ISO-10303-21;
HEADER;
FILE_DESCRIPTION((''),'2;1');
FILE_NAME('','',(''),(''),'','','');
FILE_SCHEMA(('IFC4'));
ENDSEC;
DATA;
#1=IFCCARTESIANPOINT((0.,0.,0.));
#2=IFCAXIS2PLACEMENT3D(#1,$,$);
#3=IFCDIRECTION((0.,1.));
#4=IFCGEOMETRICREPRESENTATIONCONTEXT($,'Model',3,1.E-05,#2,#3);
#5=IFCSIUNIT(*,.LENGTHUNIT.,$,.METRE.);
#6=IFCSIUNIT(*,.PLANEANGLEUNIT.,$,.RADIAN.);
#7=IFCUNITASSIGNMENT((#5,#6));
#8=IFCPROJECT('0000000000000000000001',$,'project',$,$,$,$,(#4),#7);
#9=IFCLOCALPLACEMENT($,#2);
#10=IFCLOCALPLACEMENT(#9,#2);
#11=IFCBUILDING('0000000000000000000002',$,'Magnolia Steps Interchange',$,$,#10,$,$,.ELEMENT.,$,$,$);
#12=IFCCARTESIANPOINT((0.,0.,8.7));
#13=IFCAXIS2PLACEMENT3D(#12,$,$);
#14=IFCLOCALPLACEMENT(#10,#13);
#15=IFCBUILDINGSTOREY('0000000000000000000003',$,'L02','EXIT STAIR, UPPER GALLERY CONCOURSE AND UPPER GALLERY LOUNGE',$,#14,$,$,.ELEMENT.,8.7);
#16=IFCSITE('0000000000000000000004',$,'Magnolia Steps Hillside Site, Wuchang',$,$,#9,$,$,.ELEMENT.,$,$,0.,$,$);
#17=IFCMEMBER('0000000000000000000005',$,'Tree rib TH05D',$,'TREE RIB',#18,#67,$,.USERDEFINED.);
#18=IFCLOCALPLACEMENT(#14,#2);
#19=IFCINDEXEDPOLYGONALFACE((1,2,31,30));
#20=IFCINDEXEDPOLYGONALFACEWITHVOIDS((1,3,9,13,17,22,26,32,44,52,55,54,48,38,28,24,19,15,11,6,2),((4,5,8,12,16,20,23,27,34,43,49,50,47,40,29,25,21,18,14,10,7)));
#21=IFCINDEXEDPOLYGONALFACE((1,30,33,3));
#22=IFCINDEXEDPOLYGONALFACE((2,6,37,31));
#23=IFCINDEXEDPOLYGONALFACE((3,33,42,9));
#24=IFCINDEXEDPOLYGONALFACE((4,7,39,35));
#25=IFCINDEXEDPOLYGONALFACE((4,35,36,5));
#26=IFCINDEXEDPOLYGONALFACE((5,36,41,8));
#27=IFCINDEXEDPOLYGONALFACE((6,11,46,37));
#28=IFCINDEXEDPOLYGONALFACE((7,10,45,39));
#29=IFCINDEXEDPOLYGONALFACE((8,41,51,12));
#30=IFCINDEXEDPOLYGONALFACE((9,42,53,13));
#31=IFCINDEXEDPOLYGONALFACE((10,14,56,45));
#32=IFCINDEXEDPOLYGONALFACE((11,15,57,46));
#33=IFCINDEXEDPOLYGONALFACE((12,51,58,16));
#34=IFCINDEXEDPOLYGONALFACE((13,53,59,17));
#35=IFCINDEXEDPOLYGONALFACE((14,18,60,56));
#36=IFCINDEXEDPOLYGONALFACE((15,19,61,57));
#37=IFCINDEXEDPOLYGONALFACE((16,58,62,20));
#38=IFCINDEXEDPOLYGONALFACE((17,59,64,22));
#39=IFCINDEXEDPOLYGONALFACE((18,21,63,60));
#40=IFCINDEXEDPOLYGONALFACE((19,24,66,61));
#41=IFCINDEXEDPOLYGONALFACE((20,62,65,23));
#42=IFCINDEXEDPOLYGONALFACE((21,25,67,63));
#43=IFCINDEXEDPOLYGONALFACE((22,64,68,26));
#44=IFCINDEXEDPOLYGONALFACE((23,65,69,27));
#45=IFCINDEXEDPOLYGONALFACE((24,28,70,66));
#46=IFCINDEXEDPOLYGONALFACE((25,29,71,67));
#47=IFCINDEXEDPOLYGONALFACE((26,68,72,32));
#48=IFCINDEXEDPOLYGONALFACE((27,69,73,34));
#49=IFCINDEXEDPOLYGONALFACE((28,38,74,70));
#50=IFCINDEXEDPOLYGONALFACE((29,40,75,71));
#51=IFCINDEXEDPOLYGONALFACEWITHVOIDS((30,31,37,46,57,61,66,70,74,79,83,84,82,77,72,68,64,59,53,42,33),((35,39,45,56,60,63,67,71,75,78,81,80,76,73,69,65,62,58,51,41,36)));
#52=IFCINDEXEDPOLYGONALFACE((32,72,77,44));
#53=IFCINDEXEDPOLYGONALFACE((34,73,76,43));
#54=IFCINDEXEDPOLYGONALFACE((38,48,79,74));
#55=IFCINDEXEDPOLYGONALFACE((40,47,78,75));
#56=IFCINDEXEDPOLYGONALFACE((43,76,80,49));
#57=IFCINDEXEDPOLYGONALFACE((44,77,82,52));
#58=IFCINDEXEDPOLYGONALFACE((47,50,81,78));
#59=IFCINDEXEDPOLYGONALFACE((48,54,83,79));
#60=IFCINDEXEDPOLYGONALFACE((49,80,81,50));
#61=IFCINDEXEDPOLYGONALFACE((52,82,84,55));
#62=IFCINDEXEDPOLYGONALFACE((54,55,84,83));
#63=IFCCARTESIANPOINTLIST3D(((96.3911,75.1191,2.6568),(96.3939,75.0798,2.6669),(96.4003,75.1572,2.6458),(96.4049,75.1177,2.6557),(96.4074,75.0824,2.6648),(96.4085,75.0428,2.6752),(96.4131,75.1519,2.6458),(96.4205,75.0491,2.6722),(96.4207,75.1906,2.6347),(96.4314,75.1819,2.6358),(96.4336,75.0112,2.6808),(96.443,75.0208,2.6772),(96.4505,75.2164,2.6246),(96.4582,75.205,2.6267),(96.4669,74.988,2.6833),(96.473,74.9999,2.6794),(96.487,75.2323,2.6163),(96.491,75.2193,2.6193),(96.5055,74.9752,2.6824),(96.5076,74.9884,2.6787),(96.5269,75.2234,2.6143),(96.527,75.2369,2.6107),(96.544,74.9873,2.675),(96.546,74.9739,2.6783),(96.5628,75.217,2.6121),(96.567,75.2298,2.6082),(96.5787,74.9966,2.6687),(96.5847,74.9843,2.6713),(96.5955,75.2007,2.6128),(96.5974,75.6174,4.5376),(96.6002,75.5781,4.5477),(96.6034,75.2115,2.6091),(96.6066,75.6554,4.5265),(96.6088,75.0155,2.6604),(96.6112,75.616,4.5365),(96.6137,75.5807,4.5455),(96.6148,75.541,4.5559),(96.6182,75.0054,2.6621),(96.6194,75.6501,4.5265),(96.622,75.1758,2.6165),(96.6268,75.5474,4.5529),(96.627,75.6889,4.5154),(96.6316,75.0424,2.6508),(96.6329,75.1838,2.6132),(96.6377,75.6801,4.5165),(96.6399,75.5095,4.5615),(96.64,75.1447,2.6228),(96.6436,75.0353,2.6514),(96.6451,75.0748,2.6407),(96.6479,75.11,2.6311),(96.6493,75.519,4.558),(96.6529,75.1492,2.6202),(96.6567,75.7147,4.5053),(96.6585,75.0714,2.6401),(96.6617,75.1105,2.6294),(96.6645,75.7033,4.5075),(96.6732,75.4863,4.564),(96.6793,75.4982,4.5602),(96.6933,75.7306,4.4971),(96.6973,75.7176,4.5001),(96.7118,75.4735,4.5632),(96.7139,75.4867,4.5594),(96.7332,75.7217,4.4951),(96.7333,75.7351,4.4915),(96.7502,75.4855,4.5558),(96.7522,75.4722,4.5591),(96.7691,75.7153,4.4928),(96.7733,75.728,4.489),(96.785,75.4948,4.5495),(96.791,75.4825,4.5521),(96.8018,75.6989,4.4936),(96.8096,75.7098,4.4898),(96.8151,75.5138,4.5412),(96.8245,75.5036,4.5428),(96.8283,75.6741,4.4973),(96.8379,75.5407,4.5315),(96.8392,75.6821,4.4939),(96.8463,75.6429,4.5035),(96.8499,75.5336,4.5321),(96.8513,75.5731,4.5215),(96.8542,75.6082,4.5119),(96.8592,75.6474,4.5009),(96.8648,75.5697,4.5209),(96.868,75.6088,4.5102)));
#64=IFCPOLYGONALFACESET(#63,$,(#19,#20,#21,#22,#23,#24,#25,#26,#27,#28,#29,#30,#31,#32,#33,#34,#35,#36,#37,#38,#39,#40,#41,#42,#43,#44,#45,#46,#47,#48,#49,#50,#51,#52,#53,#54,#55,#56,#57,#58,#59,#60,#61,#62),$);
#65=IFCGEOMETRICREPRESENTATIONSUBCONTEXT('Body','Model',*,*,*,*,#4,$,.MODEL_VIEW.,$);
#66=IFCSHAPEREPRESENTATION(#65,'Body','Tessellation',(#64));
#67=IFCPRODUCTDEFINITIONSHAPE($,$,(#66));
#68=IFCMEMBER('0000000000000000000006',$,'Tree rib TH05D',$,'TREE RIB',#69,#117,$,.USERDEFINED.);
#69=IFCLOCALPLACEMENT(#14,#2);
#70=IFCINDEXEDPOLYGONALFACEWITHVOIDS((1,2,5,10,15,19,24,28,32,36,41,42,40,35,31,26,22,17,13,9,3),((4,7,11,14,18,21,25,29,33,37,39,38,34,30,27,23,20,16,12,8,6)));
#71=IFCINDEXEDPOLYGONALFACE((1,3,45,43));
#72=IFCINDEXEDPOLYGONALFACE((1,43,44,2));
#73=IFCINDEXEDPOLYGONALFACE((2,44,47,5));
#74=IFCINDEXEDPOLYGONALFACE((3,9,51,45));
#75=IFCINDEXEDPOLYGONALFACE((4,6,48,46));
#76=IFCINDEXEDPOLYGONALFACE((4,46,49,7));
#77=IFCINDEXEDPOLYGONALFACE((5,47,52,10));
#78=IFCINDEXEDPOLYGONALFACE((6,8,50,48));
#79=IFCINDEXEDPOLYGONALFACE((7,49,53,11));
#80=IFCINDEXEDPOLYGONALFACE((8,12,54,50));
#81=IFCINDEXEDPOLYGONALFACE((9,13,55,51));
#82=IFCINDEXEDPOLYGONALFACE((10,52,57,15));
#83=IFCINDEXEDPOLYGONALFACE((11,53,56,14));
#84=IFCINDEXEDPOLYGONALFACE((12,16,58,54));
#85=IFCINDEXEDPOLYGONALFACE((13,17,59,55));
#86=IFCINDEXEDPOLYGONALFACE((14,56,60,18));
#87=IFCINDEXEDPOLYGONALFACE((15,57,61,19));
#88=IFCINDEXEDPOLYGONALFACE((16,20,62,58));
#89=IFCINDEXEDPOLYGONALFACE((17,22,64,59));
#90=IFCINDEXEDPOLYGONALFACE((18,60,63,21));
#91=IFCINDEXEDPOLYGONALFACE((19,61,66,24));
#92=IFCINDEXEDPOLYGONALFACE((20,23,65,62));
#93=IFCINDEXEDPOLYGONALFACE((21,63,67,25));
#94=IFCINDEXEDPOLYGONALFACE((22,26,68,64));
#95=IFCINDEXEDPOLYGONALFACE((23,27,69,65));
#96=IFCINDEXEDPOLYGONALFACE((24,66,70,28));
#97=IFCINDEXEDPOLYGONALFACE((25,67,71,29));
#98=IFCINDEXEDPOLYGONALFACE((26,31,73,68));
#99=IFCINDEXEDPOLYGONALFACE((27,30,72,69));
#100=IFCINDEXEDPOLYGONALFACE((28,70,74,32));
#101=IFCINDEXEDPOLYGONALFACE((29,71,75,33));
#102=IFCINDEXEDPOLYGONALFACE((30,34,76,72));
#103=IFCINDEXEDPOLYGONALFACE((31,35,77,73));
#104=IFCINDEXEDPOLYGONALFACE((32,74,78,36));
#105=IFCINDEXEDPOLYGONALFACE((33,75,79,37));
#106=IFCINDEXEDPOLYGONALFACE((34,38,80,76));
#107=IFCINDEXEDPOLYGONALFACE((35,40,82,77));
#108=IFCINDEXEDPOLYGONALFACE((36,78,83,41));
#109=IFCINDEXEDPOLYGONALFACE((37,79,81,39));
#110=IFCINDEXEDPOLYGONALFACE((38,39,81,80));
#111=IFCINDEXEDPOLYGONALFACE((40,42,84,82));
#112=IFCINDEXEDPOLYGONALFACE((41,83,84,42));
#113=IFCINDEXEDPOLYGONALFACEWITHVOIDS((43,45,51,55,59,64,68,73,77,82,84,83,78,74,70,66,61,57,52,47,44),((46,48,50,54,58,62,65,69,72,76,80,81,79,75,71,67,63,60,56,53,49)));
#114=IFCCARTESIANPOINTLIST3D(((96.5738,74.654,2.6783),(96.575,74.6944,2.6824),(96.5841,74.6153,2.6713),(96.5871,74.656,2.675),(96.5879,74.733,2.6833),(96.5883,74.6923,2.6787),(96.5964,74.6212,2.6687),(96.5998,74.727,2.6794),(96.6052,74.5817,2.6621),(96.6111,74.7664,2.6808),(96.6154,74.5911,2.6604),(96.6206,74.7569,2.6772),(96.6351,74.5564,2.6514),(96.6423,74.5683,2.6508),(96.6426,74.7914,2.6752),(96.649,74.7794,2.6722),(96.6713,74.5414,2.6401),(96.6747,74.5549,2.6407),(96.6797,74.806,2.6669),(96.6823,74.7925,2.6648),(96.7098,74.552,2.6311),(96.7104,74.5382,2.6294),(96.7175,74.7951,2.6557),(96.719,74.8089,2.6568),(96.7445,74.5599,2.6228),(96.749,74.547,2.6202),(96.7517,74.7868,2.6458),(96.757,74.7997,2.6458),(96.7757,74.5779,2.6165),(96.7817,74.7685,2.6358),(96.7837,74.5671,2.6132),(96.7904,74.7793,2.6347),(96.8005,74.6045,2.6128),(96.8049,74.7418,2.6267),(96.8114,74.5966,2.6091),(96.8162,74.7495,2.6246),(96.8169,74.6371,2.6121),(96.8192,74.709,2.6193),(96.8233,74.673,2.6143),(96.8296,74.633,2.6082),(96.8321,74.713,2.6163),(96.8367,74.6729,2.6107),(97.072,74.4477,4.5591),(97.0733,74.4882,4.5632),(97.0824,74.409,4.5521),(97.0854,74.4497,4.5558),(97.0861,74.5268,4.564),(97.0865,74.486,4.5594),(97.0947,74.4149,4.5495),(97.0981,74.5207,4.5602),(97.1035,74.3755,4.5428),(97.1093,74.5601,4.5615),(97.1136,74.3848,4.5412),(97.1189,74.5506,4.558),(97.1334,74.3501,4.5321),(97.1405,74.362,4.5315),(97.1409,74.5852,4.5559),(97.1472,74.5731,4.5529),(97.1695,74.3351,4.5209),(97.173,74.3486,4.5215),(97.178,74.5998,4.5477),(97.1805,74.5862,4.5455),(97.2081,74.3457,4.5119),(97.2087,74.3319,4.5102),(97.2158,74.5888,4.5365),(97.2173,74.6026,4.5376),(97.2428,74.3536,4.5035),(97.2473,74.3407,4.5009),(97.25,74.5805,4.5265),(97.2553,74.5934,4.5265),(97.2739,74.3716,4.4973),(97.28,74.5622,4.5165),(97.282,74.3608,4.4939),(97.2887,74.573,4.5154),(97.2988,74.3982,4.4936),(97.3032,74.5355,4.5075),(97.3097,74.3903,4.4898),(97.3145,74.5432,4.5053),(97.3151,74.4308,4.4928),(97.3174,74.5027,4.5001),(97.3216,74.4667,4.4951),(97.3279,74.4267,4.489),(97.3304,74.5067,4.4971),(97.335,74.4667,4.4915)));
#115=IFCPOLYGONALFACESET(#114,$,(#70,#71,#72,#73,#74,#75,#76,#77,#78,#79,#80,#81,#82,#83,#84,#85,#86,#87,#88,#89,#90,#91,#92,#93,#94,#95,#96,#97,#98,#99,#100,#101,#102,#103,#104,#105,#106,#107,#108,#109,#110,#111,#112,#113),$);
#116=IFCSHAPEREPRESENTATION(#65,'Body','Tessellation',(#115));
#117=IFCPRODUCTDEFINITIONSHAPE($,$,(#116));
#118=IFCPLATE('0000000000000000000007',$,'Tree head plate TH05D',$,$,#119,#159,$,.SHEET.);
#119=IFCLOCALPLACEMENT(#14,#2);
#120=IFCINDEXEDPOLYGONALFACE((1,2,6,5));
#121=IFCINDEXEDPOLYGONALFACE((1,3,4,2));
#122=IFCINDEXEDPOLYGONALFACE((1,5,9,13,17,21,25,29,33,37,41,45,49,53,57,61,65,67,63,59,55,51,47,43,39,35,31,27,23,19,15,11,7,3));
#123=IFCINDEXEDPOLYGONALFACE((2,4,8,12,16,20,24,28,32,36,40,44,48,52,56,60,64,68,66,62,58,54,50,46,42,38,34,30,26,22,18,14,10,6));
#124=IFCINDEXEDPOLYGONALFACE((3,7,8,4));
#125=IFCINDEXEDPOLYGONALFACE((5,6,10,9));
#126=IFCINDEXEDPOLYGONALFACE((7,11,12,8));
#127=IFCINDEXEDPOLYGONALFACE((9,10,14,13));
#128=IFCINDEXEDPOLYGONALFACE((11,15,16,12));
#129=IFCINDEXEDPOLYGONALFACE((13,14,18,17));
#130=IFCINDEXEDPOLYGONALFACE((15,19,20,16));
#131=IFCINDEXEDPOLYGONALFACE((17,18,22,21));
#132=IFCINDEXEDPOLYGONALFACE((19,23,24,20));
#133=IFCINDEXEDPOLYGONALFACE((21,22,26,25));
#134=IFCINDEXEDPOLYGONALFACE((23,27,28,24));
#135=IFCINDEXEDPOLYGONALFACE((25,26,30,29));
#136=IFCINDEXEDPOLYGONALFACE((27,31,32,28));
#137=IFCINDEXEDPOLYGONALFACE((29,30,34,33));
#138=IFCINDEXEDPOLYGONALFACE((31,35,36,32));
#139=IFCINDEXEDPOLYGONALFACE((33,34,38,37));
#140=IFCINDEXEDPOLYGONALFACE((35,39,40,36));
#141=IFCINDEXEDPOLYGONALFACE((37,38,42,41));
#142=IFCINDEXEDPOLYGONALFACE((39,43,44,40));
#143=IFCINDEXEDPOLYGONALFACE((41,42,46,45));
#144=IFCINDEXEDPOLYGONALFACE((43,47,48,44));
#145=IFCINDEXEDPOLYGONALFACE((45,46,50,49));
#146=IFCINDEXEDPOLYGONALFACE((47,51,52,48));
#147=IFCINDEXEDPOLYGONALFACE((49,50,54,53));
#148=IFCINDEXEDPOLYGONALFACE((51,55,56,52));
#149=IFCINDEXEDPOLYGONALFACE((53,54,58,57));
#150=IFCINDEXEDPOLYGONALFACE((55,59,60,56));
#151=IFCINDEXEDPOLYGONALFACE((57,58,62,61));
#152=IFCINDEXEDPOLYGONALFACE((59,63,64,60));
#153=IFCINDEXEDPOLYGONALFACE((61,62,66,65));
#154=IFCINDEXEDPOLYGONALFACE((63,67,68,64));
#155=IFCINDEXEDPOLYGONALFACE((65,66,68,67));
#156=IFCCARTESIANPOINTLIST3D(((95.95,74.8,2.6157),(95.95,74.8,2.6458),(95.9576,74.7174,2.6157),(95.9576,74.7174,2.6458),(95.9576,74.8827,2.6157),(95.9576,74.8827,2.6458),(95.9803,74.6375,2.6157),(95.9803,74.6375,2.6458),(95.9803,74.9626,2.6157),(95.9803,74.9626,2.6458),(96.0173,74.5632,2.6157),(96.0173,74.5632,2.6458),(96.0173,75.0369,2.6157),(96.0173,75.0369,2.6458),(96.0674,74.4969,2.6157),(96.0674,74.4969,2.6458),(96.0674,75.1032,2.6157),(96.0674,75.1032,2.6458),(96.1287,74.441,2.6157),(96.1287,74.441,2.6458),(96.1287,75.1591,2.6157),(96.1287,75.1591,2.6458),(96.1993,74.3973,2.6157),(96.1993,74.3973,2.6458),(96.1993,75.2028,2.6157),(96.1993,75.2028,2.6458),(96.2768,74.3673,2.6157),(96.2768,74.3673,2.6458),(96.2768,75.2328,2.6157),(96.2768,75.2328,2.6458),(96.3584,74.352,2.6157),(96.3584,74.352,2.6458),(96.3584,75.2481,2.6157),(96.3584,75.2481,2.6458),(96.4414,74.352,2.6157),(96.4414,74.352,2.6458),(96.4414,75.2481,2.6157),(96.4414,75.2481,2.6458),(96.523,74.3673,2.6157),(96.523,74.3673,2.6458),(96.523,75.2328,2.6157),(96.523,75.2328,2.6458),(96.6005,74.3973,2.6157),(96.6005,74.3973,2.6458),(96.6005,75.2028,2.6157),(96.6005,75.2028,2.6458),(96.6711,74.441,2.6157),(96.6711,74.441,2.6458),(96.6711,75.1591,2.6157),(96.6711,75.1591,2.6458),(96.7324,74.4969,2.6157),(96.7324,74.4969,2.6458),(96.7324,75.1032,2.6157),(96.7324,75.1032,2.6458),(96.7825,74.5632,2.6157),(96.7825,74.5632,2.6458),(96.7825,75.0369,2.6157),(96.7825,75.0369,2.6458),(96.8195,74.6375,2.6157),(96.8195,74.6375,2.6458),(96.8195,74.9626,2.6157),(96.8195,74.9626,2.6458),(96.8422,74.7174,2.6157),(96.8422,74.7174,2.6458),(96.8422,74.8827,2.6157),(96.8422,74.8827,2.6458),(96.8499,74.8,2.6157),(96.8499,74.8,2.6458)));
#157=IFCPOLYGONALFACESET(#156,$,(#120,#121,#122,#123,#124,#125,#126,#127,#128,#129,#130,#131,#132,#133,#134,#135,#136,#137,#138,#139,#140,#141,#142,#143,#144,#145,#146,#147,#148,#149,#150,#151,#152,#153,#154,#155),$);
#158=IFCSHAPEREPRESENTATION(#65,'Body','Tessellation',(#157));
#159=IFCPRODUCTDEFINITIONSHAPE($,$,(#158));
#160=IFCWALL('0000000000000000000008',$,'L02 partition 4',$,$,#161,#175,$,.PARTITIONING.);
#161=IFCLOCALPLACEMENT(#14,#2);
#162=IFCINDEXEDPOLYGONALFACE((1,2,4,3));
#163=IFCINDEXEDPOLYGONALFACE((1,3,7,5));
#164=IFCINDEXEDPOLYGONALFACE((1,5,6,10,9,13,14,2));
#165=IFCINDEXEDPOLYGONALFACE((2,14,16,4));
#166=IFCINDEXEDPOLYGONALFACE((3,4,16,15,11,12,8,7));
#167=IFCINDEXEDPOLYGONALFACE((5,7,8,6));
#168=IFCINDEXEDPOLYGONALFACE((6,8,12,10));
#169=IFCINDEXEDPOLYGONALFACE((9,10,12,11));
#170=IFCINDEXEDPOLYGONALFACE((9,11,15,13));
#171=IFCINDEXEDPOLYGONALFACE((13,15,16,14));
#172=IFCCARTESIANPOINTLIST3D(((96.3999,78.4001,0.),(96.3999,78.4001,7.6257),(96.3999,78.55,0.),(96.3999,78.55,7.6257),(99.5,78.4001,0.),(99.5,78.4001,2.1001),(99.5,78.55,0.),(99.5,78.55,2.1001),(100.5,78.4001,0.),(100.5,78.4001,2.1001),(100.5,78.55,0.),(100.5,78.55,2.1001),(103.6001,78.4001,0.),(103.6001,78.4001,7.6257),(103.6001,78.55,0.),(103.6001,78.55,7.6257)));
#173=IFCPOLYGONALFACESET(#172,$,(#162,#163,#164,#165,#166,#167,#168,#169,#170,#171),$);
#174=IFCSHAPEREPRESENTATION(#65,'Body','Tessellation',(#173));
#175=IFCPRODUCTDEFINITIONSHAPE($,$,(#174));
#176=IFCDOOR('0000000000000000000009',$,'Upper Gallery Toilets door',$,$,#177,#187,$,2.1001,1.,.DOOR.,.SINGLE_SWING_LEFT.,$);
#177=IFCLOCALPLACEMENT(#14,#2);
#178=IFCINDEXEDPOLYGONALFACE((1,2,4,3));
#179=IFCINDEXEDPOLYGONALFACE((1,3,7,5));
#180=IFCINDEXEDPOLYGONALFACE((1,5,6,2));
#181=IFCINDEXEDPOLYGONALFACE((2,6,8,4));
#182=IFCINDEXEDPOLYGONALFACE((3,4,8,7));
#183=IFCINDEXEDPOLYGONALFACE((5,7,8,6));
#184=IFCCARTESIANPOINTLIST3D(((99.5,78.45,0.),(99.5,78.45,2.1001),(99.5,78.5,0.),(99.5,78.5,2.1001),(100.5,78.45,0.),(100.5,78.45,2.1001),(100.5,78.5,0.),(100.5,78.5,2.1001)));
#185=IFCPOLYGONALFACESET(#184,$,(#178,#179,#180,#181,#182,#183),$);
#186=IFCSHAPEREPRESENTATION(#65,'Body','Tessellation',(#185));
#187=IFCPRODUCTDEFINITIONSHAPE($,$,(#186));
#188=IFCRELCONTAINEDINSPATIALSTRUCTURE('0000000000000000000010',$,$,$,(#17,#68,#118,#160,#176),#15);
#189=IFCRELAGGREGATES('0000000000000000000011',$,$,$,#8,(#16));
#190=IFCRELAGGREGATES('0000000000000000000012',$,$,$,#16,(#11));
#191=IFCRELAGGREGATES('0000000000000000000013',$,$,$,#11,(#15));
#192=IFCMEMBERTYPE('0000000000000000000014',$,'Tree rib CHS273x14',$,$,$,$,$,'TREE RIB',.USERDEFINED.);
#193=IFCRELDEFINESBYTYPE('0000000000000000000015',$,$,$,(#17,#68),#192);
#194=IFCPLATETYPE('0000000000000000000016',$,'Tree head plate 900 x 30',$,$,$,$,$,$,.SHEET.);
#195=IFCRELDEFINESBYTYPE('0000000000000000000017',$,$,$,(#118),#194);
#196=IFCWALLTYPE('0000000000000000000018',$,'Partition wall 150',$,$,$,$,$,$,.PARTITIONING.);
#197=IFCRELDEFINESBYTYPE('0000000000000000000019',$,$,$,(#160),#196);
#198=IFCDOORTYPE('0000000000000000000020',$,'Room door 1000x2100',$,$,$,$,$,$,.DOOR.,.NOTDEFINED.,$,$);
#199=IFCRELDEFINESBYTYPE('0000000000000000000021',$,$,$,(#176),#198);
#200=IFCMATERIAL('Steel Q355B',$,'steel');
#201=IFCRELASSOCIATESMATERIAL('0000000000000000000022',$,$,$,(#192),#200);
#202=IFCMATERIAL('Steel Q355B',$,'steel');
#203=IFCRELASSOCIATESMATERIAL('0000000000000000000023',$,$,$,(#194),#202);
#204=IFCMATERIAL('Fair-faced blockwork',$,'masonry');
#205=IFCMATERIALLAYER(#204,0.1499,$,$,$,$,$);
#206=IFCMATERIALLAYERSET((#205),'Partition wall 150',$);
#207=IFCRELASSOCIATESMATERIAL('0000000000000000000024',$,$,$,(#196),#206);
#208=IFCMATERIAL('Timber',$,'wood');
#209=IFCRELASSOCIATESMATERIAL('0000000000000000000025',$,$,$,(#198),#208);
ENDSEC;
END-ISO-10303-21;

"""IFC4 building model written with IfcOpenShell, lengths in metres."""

from ifc_helpers import new_model, si_unit, direction, frame, frame_2d, origin, origin_2d, place, context, subcontext, project, spatial, rectangle, circle, hollow_circle, extrude, material, layer, layer_set, material_profile, profile_set, type_object, element, fill, save


model = new_model("IFC4")

# Units and contexts
model_context = context("Model", 3, precision=1e-05, world=origin(), true_north=direction((0.0, 1.0)))
body_context = subcontext(model_context, "Body", "Model", "MODEL_VIEW")
ifc_project = project(units=[si_unit("LENGTHUNIT", "METRE"), si_unit("PLANEANGLEUNIT", "RADIAN")], contexts=[model_context])

# Site, building, storey
site_placement = place(None, origin())
site = spatial("IfcSite", under=ifc_project, at=site_placement, Name="Magnolia Steps Hillside Site, Wuchang", CompositionType="ELEMENT", RefElevation=0.0)
building_placement = place(site_placement, origin())
building = spatial("IfcBuilding", under=site, at=building_placement, Name="Magnolia Steps Interchange", CompositionType="ELEMENT")
storey_placement = place(building_placement, frame((0.0, 0.0, 8.7)))
storey = spatial("IfcBuildingStorey", under=building, at=storey_placement, Name="L02", Description="EXIT STAIR, UPPER GALLERY CONCOURSE AND UPPER GALLERY LOUNGE", CompositionType="ELEMENT", Elevation=8.7)

# Members
ifc_material_1 = material(Name="Steel Q355B", Category="steel")
ifc_material_profile_1 = material_profile(ifc_material_1, hollow_circle(Radius=0.1365, WallThickness=0.0139, at=origin_2d()), Name="CHS273x14")
ifc_profile_set_1 = profile_set([ifc_material_profile_1], Name="Steel Q355B")
member_type = type_object("IfcMemberType", Name="Tree rib CHS273x14", ElementType="TREE RIB", PredefinedType="USERDEFINED", material=ifc_profile_set_1)
for number, where, z_axis, x_axis, name in (
    (1, (96.5264, 75.105, 2.6458), (0.105435, 0.254665, 0.961264), (-0.923945, 0.382525, 0.0), "Tree rib TH05D"),
    (2, (96.7048, 74.6736, 2.6458), (0.254665, -0.105435, 0.961264), (0.382525, 0.923945, 0.0), "Tree rib TH05D"),
):
    element("IfcMember", number, at=place(storey_placement, frame(where, z_axis=z_axis, x_axis=x_axis)), inside=storey, type_object=member_type, Name=name, ObjectType="TREE RIB", PredefinedType="USERDEFINED", context=body_context, shape_type="SweptSolid", body=[
        extrude(hollow_circle(Radius=0.1365, WallThickness=0.0139, at=origin_2d()), origin(), (0.0, 0.0, 1.0), 1.9565),
    ])

# Plate
ifc_material_2 = material(Name="Steel Q355B", Category="steel")
ifc_material_profile_2 = material_profile(ifc_material_2, circle(Radius=0.45, at=origin_2d()), Name="Tree head plate 900 x 30")
ifc_profile_set_2 = profile_set([ifc_material_profile_2], Name="Steel Q355B")
plate_type = type_object("IfcPlateType", Name="Tree head plate 900 x 30", PredefinedType="SHEET", material=ifc_profile_set_2)
plate_placement = place(storey_placement, frame((96.3999, 74.8, 2.6157), z_axis=(0.0, 0.0, 1.0), x_axis=(1.0, 0.0, 0.0)))
element("IfcPlate", 3, at=plate_placement, inside=storey, type_object=plate_type, Name="Tree head plate TH05D", PredefinedType="SHEET", context=body_context, shape_type="SweptSolid", body=[
    extrude(circle(Radius=0.45, at=origin_2d()), origin(), (0.0, 0.0, 1.0), 0.03),
])

# Wall, opening, door
ifc_material_3 = material(Name="Fair-faced blockwork", Category="masonry")
ifc_layer = layer(ifc_material_3, 0.1499)
ifc_layer_set = layer_set([ifc_layer], Name="Partition wall 150")
wall_type = type_object("IfcWallType", Name="Partition wall 150", PredefinedType="PARTITIONING", material=ifc_layer_set)
wall_1_placement = place(storey_placement, frame((96.3999, 78.4751, 0.0), z_axis=(0.0, 0.0, 1.0), x_axis=(1.0, 0.0, 0.0)))
wall_1 = element("IfcWall", 4, at=wall_1_placement, inside=storey, type_object=wall_type, Name="L02 partition 4", PredefinedType="PARTITIONING", context=body_context, shape_type="SweptSolid", body=[
    extrude(rectangle(XDim=7.2002, YDim=0.1499, at=frame_2d((3.6001, 0.0))), origin(), (0.0, 0.0, 1.0), 7.6257),
])
opening_1_placement = place(wall_1_placement, frame((3.1001, 0.0, 0.0)))
opening_1 = element("IfcOpeningElement", 5, at=opening_1_placement, cuts=wall_1, PredefinedType="OPENING", context=body_context, shape_type="SweptSolid", body=[
    extrude(rectangle(XDim=1.0, YDim=2.1001, at=frame_2d((0.5, 1.05))), frame((0.0, 0.085, 0.0), z_axis=(0.0, -1.0, 0.0), x_axis=(1.0, 0.0, 0.0)), (0.0, 0.0, 1.0), 0.1699),
])
ifc_material_4 = material(Name="Timber", Category="wood")
door_type = type_object("IfcDoorType", Name="Room door 1000x2100", OperationType="NOTDEFINED", PredefinedType="DOOR", material=ifc_material_4)
door_1_placement = place(opening_1_placement, origin())
door_1 = element("IfcDoor", 6, at=door_1_placement, inside=storey, type_object=door_type, Name="Upper Gallery Toilets door", OperationType="SINGLE_SWING_LEFT", OverallHeight=2.1001, OverallWidth=1.0, PredefinedType="DOOR", context=body_context, shape_type="SweptSolid", body=[
    extrude(rectangle(XDim=1.0, YDim=2.1001, at=frame_2d((0.5, 1.05))), frame((0.0, 0.0249, 0.0), z_axis=(0.0, -1.0, 0.0), x_axis=(1.0, 0.0, 0.0)), (0.0, 0.0, 1.0), 0.05),
])
fill(opening_1, door_1)

save(model, "model.ifc")
